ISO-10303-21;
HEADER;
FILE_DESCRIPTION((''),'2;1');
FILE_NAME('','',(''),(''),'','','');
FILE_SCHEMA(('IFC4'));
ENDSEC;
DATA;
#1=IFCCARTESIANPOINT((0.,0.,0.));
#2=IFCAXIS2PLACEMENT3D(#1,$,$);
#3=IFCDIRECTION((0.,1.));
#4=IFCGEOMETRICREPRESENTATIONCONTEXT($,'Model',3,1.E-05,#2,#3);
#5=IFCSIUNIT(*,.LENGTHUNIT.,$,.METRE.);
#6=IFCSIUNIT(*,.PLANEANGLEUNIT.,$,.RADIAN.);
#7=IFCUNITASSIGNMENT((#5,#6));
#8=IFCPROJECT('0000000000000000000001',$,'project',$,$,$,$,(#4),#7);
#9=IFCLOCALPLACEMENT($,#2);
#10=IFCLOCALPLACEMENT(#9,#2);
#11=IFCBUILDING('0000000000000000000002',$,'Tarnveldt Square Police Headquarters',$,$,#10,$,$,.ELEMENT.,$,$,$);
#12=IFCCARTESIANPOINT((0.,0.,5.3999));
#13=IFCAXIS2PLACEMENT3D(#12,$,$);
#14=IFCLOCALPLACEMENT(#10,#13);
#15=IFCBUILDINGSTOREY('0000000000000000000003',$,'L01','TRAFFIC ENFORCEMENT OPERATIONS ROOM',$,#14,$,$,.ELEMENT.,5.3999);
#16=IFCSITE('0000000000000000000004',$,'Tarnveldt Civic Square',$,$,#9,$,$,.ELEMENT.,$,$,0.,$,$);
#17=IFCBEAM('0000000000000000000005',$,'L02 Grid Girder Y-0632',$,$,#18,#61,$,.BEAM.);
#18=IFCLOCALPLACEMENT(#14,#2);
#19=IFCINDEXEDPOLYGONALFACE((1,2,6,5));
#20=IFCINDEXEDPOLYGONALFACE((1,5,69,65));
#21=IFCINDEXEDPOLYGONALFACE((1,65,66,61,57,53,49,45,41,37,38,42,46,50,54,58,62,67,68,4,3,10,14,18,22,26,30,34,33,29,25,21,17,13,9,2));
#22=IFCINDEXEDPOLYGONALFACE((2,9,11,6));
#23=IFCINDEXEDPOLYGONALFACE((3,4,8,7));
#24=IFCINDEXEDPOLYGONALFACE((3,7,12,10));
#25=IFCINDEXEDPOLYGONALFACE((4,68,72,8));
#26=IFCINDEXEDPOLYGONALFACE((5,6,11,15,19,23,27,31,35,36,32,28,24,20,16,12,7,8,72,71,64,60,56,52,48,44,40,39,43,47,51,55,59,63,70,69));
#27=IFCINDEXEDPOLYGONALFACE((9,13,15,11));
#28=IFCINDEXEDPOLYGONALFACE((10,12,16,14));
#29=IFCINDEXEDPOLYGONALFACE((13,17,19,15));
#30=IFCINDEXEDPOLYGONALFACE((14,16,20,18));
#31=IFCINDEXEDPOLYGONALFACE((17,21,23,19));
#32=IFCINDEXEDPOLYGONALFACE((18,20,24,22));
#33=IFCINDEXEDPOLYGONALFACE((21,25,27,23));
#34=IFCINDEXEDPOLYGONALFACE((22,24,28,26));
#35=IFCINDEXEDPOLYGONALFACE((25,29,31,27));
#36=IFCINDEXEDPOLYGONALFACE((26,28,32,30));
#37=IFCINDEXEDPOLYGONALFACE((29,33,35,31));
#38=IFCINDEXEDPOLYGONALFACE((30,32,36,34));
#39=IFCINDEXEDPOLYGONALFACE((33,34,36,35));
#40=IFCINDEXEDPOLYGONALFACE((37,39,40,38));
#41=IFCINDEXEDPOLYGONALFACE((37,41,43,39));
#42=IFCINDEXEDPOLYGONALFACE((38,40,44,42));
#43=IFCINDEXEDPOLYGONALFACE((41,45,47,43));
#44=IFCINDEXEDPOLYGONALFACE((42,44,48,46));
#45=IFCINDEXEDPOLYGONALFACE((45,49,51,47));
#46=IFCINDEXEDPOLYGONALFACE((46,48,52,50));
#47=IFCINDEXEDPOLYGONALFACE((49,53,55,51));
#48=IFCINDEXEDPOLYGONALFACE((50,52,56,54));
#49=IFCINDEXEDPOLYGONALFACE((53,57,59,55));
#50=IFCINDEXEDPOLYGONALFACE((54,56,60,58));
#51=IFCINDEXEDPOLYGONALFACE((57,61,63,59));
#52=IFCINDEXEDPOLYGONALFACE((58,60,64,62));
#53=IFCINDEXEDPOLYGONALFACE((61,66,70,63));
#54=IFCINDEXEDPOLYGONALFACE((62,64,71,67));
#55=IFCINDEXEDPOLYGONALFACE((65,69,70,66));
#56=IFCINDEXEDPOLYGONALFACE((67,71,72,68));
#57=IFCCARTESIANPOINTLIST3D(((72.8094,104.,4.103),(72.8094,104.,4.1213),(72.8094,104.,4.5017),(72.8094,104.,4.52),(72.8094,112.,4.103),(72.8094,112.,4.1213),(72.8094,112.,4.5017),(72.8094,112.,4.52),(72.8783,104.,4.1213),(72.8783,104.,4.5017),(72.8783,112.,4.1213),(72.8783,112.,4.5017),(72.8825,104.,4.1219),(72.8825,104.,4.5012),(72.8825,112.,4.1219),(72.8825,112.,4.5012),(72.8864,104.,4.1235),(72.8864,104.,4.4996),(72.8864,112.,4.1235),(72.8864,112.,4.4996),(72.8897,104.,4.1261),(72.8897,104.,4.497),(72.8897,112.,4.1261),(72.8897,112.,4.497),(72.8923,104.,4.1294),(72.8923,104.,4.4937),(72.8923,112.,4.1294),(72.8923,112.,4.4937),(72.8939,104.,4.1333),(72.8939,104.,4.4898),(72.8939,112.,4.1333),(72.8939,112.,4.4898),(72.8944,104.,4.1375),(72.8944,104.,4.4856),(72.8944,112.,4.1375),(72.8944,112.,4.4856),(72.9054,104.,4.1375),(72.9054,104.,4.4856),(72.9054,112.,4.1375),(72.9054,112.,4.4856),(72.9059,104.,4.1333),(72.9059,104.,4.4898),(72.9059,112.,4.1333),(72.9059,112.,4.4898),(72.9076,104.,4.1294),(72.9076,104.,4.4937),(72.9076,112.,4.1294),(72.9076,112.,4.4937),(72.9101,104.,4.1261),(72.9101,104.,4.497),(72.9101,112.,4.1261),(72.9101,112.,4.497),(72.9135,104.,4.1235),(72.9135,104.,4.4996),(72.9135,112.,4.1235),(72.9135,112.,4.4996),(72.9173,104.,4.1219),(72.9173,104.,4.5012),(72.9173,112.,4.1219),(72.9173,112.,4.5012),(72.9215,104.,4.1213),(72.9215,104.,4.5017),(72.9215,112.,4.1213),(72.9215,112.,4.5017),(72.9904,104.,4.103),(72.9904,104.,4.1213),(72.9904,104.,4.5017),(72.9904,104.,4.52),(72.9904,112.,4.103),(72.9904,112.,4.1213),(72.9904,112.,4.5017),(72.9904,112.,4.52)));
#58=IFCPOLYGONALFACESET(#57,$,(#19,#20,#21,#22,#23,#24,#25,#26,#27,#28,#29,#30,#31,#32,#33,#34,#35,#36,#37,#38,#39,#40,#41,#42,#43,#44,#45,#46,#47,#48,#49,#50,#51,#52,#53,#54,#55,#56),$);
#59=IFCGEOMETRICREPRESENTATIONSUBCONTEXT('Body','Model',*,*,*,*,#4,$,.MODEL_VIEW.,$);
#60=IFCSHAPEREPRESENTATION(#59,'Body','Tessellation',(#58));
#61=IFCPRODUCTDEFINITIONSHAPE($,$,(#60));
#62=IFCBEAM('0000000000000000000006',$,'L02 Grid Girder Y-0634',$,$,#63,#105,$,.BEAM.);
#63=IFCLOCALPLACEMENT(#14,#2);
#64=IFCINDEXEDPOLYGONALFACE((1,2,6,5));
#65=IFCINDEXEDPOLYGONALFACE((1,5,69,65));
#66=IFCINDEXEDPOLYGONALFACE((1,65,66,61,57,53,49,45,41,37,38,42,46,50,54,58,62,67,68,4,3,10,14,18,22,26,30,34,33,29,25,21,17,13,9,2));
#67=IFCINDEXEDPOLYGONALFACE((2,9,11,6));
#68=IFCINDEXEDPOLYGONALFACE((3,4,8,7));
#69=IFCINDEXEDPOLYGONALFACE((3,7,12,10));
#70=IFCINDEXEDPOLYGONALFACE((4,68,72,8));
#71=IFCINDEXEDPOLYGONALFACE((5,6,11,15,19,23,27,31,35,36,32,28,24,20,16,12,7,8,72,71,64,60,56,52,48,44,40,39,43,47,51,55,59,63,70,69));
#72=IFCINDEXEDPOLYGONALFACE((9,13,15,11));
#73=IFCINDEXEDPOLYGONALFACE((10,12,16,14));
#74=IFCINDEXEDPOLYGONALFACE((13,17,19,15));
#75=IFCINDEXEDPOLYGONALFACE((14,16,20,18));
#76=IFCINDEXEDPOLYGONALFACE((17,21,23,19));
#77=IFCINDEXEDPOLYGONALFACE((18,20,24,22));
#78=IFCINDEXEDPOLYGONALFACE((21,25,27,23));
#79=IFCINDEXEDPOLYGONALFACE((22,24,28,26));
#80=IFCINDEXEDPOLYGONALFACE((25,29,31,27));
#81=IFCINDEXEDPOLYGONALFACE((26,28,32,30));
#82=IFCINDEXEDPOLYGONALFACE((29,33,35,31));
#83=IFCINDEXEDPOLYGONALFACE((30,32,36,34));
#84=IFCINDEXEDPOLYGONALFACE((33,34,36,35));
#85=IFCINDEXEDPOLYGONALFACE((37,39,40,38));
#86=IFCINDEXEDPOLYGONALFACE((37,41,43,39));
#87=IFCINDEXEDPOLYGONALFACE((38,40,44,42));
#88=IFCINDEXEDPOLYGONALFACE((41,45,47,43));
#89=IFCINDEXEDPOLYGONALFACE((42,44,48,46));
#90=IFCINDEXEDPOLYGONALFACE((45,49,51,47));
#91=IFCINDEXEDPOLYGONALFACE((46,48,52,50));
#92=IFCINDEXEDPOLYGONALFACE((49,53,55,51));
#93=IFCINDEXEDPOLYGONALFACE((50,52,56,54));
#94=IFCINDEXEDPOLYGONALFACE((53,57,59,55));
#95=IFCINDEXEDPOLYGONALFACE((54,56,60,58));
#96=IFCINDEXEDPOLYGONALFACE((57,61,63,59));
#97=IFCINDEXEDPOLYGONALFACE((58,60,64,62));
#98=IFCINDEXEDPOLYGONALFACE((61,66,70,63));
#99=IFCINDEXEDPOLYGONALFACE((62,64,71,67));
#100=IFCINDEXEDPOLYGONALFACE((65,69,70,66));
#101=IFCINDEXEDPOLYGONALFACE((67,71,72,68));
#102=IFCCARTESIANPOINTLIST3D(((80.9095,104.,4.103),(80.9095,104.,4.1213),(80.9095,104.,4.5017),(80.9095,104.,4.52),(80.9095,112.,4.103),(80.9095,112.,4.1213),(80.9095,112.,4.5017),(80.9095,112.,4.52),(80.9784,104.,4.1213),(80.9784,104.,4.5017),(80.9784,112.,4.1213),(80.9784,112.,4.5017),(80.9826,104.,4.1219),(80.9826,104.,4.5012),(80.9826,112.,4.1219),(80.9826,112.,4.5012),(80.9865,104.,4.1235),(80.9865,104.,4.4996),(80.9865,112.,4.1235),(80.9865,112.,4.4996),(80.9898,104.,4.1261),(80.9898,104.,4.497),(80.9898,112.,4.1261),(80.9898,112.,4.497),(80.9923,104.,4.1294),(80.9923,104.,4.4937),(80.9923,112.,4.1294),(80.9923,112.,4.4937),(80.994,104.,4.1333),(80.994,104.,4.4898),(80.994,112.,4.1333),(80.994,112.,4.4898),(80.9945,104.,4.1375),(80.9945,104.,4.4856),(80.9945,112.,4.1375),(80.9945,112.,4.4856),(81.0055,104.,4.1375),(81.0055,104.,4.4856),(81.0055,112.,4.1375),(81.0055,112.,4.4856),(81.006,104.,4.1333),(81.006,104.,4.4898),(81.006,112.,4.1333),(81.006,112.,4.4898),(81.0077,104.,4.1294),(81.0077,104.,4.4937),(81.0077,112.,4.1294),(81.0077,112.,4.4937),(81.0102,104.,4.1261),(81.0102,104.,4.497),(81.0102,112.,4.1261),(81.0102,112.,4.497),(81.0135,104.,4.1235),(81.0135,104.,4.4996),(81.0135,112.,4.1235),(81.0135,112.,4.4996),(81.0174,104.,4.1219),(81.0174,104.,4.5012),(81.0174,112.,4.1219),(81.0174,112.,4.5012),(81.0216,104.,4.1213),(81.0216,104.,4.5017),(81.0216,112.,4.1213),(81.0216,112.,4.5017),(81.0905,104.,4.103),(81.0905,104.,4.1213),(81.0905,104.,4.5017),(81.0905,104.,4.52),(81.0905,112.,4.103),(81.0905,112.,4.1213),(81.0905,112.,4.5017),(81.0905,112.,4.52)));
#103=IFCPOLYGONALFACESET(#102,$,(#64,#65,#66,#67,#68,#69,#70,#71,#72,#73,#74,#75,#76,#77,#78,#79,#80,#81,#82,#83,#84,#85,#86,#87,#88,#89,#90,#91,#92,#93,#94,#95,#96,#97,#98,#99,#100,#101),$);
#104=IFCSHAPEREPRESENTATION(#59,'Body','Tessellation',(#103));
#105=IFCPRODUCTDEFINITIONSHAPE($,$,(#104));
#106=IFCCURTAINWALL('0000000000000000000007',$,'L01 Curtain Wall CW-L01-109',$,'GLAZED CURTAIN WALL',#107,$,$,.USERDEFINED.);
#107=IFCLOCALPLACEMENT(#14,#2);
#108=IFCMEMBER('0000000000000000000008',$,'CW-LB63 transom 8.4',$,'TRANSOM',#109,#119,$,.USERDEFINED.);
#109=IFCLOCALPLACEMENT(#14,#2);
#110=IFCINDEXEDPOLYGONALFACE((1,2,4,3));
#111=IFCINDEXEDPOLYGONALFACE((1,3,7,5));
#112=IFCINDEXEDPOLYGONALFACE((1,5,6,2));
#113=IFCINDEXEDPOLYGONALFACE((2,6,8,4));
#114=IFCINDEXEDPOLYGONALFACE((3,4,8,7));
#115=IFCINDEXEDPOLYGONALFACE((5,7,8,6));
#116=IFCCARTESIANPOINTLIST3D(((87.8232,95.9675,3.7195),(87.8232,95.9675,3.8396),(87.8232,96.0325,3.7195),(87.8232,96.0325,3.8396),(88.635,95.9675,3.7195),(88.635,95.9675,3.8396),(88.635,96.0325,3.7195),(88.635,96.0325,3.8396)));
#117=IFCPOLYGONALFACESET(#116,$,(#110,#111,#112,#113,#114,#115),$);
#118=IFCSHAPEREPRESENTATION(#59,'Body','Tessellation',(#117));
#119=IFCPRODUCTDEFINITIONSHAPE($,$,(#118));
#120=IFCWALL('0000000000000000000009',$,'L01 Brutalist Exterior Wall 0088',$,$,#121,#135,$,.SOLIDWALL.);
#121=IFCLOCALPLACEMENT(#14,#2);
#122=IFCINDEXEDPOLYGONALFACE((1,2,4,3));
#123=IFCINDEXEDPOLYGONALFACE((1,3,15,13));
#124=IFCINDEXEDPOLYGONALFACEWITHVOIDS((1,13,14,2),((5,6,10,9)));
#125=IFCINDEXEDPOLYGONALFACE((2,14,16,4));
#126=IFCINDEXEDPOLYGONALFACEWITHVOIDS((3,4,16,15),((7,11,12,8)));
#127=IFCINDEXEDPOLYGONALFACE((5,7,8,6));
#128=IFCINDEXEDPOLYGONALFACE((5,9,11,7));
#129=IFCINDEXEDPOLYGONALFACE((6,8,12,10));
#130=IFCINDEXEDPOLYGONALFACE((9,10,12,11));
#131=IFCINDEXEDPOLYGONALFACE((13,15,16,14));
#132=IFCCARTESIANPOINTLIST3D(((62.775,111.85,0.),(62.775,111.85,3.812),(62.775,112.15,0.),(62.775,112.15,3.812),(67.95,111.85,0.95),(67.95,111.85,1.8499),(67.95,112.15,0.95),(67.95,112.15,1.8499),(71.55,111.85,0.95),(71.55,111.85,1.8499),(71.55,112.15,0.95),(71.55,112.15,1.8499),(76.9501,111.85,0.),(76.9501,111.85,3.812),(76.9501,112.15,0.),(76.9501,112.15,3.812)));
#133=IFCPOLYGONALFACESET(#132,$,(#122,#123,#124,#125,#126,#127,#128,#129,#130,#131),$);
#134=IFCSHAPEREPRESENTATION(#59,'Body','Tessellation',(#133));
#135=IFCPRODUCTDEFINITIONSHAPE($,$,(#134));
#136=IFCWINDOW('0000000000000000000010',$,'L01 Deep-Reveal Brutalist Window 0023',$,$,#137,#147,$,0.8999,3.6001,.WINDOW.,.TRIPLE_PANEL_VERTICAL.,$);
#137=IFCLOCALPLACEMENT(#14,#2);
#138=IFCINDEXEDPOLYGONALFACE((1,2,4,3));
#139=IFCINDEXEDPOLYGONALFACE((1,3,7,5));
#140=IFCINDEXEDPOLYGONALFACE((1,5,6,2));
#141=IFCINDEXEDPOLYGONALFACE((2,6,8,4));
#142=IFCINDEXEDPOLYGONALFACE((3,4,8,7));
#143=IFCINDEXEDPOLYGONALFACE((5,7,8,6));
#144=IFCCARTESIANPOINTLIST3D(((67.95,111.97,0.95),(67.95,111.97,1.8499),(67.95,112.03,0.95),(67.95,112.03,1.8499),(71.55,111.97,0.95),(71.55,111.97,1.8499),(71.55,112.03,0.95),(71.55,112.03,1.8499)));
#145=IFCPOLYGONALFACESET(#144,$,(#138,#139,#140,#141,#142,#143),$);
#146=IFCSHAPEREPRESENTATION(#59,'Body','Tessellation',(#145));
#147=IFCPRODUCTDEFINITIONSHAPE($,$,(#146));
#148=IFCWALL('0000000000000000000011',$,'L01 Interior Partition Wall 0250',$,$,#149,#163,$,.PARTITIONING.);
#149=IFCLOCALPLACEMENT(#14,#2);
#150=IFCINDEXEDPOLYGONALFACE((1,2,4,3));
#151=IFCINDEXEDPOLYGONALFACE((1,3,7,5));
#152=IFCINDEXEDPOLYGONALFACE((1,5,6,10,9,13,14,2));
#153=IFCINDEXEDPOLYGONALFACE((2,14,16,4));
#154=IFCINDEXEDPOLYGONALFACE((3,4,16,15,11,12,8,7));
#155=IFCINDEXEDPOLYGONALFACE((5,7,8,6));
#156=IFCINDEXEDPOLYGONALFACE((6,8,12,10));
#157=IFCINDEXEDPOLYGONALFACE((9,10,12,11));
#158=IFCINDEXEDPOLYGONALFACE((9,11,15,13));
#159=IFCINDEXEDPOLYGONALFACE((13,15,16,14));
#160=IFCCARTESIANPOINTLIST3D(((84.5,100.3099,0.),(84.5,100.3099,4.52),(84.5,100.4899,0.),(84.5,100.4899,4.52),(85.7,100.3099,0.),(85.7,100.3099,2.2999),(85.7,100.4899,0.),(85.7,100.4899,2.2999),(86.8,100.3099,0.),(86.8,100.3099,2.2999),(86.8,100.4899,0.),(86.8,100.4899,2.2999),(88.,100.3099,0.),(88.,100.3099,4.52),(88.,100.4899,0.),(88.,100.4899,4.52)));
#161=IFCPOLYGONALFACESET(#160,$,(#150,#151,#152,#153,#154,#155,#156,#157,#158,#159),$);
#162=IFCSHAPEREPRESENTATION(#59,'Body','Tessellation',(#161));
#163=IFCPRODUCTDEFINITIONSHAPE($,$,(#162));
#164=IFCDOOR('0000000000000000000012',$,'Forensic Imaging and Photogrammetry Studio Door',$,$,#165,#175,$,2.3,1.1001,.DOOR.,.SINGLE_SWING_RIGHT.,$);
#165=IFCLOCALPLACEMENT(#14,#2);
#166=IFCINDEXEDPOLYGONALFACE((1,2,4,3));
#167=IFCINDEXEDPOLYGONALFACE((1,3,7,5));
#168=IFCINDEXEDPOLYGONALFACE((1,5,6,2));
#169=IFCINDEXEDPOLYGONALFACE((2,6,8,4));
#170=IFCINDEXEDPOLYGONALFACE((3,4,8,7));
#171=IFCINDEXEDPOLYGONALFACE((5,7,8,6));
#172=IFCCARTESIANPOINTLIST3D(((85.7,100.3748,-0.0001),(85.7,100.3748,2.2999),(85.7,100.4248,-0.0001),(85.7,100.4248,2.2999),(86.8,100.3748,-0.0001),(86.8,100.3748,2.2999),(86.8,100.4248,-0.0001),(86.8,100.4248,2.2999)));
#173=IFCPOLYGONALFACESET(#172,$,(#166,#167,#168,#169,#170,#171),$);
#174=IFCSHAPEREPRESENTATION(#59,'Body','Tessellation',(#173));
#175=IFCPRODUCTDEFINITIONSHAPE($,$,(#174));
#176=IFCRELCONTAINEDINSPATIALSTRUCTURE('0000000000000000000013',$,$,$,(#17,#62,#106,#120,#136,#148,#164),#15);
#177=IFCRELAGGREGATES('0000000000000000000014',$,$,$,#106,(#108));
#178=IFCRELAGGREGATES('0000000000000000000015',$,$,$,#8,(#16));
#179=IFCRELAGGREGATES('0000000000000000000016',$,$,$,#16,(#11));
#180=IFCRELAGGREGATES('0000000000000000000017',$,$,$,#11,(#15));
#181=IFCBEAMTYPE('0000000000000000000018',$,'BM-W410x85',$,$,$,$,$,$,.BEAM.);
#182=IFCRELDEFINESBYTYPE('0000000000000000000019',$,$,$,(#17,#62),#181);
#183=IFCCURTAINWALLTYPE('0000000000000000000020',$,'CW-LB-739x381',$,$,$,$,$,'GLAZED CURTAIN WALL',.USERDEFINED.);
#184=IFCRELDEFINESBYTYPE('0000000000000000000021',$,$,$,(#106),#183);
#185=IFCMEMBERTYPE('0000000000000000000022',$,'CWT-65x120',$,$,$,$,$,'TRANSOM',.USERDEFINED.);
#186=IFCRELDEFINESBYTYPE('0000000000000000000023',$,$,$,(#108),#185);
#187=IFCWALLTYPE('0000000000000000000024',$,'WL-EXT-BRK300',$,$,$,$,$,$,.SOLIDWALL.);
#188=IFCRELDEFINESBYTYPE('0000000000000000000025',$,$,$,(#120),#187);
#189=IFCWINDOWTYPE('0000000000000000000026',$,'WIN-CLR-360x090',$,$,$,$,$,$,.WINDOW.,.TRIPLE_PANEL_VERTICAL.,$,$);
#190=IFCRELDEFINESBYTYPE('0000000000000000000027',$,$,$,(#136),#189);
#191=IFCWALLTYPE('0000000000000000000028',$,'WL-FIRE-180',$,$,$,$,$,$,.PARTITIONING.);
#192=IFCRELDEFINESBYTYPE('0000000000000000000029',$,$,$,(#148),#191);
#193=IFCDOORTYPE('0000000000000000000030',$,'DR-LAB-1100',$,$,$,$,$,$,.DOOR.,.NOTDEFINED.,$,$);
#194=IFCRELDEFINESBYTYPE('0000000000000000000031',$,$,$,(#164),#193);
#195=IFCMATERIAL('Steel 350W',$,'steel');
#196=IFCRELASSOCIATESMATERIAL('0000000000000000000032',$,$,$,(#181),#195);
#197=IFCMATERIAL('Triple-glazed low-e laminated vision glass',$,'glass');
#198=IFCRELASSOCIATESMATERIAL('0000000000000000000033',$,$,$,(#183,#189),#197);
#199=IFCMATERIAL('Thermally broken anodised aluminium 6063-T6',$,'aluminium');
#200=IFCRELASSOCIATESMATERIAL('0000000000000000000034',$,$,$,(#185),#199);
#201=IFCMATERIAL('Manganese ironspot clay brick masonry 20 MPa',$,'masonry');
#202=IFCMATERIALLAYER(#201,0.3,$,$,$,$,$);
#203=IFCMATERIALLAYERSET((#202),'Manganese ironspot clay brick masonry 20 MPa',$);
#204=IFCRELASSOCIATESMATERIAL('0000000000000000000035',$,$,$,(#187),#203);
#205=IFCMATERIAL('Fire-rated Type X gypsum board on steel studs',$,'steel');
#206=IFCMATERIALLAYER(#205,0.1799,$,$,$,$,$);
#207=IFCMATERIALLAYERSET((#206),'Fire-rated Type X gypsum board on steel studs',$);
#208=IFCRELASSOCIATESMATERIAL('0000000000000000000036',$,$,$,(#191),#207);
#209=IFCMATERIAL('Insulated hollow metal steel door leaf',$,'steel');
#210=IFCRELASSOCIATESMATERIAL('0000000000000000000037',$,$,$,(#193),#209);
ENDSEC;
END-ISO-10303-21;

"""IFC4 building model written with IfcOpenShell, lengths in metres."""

from ifc_helpers import new_model, si_unit, direction, frame, frame_2d, origin, origin_2d, place, context, subcontext, project, spatial, rectangle, i_section, extrude, material, layer, layer_set, material_profile, profile_set, type_object, element, fill, aggregate, save


model = new_model("IFC4")

# Units and contexts
model_context = context("Model", 3, precision=1e-05, world=origin(), true_north=direction((0.0, 1.0)))
body_context = subcontext(model_context, "Body", "Model", "MODEL_VIEW")
ifc_project = project(units=[si_unit("LENGTHUNIT", "METRE"), si_unit("PLANEANGLEUNIT", "RADIAN")], contexts=[model_context])

# Site, building, storey
site_placement = place(None, origin())
site = spatial("IfcSite", under=ifc_project, at=site_placement, Name="Tarnveldt Civic Square", CompositionType="ELEMENT", RefElevation=0.0)
building_placement = place(site_placement, origin())
building = spatial("IfcBuilding", under=site, at=building_placement, Name="Tarnveldt Square Police Headquarters", CompositionType="ELEMENT")
storey_placement = place(building_placement, frame((0.0, 0.0, 5.3999)))
storey = spatial("IfcBuildingStorey", under=building, at=storey_placement, Name="L01", Description="TRAFFIC ENFORCEMENT OPERATIONS ROOM", CompositionType="ELEMENT", Elevation=5.3999)

# Beams
ifc_material_1 = material(Name="Steel 350W", Category="steel")
ifc_material_profile_1 = material_profile(ifc_material_1, i_section(OverallWidth=0.1809, OverallDepth=0.417, WebThickness=0.011, FlangeThickness=0.0183, FilletRadius=0.0161, at=origin_2d()), Name="W410x85")
ifc_profile_set_1 = profile_set([ifc_material_profile_1], Name="Steel 350W")
beam_type_1 = type_object("IfcBeamType", Name="BM-W410x85", PredefinedType="BEAM", material=ifc_profile_set_1)
for number, where, z_axis, x_axis, name in (
    (1, (72.8999, 104.0, 4.3115), (0.0, 1.0, 0.0), (-1.0, 0.0, 0.0), "L02 Grid Girder Y-0632"),
    (2, (81.0, 104.0, 4.3115), (0.0, 1.0, 0.0), (-1.0, 0.0, 0.0), "L02 Grid Girder Y-0634"),
):
    element("IfcBeam", number, at=place(storey_placement, frame(where, z_axis=z_axis, x_axis=x_axis)), inside=storey, type_object=beam_type_1, Name=name, PredefinedType="BEAM", context=body_context, shape_type="SweptSolid", body=[
        extrude(i_section(OverallWidth=0.1809, OverallDepth=0.417, WebThickness=0.011, FlangeThickness=0.0183, FilletRadius=0.0161, at=origin_2d()), origin(), (0.0, 0.0, 1.0), 8.0),
    ])

# Curtain wall, member
ifc_material_2 = material(Name="Triple-glazed low-e laminated vision glass", Category="glass")
curtain_wall_type = type_object("IfcCurtainWallType", Name="CW-LB-739x381", ElementType="GLAZED CURTAIN WALL", PredefinedType="USERDEFINED", material=ifc_material_2)
curtain_wall_placement = place(storey_placement, origin())
curtain_wall = element("IfcCurtainWall", 3, at=curtain_wall_placement, inside=storey, type_object=curtain_wall_type, Name="L01 Curtain Wall CW-L01-109", ObjectType="GLAZED CURTAIN WALL", PredefinedType="USERDEFINED")
ifc_material_3 = material(Name="Thermally broken anodised aluminium 6063-T6", Category="aluminium")
ifc_material_profile_2 = material_profile(ifc_material_3, rectangle(XDim=0.0649, YDim=0.1201, at=origin_2d()), Name="CW-T65x120")
ifc_profile_set_2 = profile_set([ifc_material_profile_2], Name="Thermally broken anodised aluminium 6063-T6")
member_type = type_object("IfcMemberType", Name="CWT-65x120", ElementType="TRANSOM", PredefinedType="USERDEFINED", material=ifc_profile_set_2)
member_placement = place(storey_placement, frame((87.8232, 96.0, 3.7795), z_axis=(1.0, 0.0, 0.0), x_axis=(0.0, 1.0, 0.0)))
member = element("IfcMember", 4, at=member_placement, type_object=member_type, Name="CW-LB63 transom 8.4", ObjectType="TRANSOM", PredefinedType="USERDEFINED", context=body_context, shape_type="SweptSolid", body=[
    extrude(rectangle(XDim=0.0649, YDim=0.1201, at=origin_2d()), origin(), (0.0, 0.0, 1.0), 0.8118),
])
aggregate(curtain_wall, [member])

# Wall, opening, window
ifc_material_4 = material(Name="Manganese ironspot clay brick masonry 20 MPa", Category="masonry")
ifc_layer_1 = layer(ifc_material_4, 0.3)
ifc_layer_set_1 = layer_set([ifc_layer_1], Name="Manganese ironspot clay brick masonry 20 MPa")
wall_type_1 = type_object("IfcWallType", Name="WL-EXT-BRK300", PredefinedType="SOLIDWALL", material=ifc_layer_set_1)
wall_1_placement = place(storey_placement, frame((76.95, 112.0, 0.0), z_axis=(0.0, 0.0, 1.0), x_axis=(-1.0, 0.0, 0.0)))
wall_1 = element("IfcWall", 5, at=wall_1_placement, inside=storey, type_object=wall_type_1, Name="L01 Brutalist Exterior Wall 0088", PredefinedType="SOLIDWALL", context=body_context, shape_type="SweptSolid", body=[
    extrude(rectangle(XDim=14.175, YDim=0.3, at=frame_2d((7.0874, 0.0))), origin(), (0.0, 0.0, 1.0), 3.812),
])
opening_1_placement = place(wall_1_placement, frame((5.3999, 0.0, 0.95)))
opening_1 = element("IfcOpeningElement", 6, at=opening_1_placement, cuts=wall_1, PredefinedType="OPENING", context=body_context, shape_type="SweptSolid", body=[
    extrude(rectangle(XDim=3.6001, YDim=0.8999, at=frame_2d((1.8, 0.45))), frame((0.0, 0.1599, 0.0), z_axis=(0.0, -1.0, 0.0), x_axis=(1.0, 0.0, 0.0)), (0.0, 0.0, 1.0), 0.3201),
])
window_type = type_object("IfcWindowType", Name="WIN-CLR-360x090", PartitioningType="TRIPLE_PANEL_VERTICAL", PredefinedType="WINDOW", material=ifc_material_2)
window_placement = place(opening_1_placement, origin())
window = element("IfcWindow", 7, at=window_placement, inside=storey, type_object=window_type, Name="L01 Deep-Reveal Brutalist Window 0023", OverallHeight=0.8999, OverallWidth=3.6001, PartitioningType="TRIPLE_PANEL_VERTICAL", PredefinedType="WINDOW", context=body_context, shape_type="SweptSolid", body=[
    extrude(rectangle(XDim=3.6001, YDim=0.8999, at=frame_2d((1.8, 0.45))), frame((0.0, 0.03, 0.0), z_axis=(0.0, -1.0, 0.0), x_axis=(1.0, 0.0, 0.0)), (0.0, 0.0, 1.0), 0.0601),
])
fill(opening_1, window)

# Wall, opening, door
ifc_material_5 = material(Name="Fire-rated Type X gypsum board on steel studs", Category="steel")
ifc_layer_2 = layer(ifc_material_5, 0.1799)
ifc_layer_set_2 = layer_set([ifc_layer_2], Name="Fire-rated Type X gypsum board on steel studs")
wall_type_2 = type_object("IfcWallType", Name="WL-FIRE-180", PredefinedType="PARTITIONING", material=ifc_layer_set_2)
wall_2_placement = place(storey_placement, frame((84.5, 100.3999, 0.0), z_axis=(0.0, 0.0, 1.0), x_axis=(1.0, 0.0, 0.0)))
wall_2 = element("IfcWall", 8, at=wall_2_placement, inside=storey, type_object=wall_type_2, Name="L01 Interior Partition Wall 0250", PredefinedType="PARTITIONING", context=body_context, shape_type="SweptSolid", body=[
    extrude(rectangle(XDim=3.5, YDim=0.1799, at=frame_2d((1.75, 0.0))), origin(), (0.0, 0.0, 1.0), 4.52),
])
opening_2_placement = place(wall_2_placement, frame((1.2, 0.0, 0.0)))
opening_2 = element("IfcOpeningElement", 9, at=opening_2_placement, cuts=wall_2, PredefinedType="OPENING", context=body_context, shape_type="SweptSolid", body=[
    extrude(rectangle(XDim=1.1001, YDim=2.3, at=frame_2d((0.55, 1.1499))), frame((0.0, 0.0999, 0.0), z_axis=(0.0, -1.0, 0.0), x_axis=(1.0, 0.0, 0.0)), (0.0, 0.0, 1.0), 0.2),
])
ifc_material_6 = material(Name="Insulated hollow metal steel door leaf", Category="steel")
door_type = type_object("IfcDoorType", Name="DR-LAB-1100", OperationType="NOTDEFINED", PredefinedType="DOOR", material=ifc_material_6)
door_placement = place(opening_2_placement, origin())
door = element("IfcDoor", 10, at=door_placement, inside=storey, type_object=door_type, Name="Forensic Imaging and Photogrammetry Studio Door", OperationType="SINGLE_SWING_RIGHT", OverallHeight=2.3, OverallWidth=1.1001, PredefinedType="DOOR", context=body_context, shape_type="SweptSolid", body=[
    extrude(rectangle(XDim=1.1001, YDim=2.3, at=frame_2d((0.55, 1.1499))), frame((0.0, 0.0249, 0.0), z_axis=(0.0, -1.0, 0.0), x_axis=(1.0, 0.0, 0.0)), (0.0, 0.0, 1.0), 0.05),
])
fill(opening_2, door)

save(model, "model.ifc")
